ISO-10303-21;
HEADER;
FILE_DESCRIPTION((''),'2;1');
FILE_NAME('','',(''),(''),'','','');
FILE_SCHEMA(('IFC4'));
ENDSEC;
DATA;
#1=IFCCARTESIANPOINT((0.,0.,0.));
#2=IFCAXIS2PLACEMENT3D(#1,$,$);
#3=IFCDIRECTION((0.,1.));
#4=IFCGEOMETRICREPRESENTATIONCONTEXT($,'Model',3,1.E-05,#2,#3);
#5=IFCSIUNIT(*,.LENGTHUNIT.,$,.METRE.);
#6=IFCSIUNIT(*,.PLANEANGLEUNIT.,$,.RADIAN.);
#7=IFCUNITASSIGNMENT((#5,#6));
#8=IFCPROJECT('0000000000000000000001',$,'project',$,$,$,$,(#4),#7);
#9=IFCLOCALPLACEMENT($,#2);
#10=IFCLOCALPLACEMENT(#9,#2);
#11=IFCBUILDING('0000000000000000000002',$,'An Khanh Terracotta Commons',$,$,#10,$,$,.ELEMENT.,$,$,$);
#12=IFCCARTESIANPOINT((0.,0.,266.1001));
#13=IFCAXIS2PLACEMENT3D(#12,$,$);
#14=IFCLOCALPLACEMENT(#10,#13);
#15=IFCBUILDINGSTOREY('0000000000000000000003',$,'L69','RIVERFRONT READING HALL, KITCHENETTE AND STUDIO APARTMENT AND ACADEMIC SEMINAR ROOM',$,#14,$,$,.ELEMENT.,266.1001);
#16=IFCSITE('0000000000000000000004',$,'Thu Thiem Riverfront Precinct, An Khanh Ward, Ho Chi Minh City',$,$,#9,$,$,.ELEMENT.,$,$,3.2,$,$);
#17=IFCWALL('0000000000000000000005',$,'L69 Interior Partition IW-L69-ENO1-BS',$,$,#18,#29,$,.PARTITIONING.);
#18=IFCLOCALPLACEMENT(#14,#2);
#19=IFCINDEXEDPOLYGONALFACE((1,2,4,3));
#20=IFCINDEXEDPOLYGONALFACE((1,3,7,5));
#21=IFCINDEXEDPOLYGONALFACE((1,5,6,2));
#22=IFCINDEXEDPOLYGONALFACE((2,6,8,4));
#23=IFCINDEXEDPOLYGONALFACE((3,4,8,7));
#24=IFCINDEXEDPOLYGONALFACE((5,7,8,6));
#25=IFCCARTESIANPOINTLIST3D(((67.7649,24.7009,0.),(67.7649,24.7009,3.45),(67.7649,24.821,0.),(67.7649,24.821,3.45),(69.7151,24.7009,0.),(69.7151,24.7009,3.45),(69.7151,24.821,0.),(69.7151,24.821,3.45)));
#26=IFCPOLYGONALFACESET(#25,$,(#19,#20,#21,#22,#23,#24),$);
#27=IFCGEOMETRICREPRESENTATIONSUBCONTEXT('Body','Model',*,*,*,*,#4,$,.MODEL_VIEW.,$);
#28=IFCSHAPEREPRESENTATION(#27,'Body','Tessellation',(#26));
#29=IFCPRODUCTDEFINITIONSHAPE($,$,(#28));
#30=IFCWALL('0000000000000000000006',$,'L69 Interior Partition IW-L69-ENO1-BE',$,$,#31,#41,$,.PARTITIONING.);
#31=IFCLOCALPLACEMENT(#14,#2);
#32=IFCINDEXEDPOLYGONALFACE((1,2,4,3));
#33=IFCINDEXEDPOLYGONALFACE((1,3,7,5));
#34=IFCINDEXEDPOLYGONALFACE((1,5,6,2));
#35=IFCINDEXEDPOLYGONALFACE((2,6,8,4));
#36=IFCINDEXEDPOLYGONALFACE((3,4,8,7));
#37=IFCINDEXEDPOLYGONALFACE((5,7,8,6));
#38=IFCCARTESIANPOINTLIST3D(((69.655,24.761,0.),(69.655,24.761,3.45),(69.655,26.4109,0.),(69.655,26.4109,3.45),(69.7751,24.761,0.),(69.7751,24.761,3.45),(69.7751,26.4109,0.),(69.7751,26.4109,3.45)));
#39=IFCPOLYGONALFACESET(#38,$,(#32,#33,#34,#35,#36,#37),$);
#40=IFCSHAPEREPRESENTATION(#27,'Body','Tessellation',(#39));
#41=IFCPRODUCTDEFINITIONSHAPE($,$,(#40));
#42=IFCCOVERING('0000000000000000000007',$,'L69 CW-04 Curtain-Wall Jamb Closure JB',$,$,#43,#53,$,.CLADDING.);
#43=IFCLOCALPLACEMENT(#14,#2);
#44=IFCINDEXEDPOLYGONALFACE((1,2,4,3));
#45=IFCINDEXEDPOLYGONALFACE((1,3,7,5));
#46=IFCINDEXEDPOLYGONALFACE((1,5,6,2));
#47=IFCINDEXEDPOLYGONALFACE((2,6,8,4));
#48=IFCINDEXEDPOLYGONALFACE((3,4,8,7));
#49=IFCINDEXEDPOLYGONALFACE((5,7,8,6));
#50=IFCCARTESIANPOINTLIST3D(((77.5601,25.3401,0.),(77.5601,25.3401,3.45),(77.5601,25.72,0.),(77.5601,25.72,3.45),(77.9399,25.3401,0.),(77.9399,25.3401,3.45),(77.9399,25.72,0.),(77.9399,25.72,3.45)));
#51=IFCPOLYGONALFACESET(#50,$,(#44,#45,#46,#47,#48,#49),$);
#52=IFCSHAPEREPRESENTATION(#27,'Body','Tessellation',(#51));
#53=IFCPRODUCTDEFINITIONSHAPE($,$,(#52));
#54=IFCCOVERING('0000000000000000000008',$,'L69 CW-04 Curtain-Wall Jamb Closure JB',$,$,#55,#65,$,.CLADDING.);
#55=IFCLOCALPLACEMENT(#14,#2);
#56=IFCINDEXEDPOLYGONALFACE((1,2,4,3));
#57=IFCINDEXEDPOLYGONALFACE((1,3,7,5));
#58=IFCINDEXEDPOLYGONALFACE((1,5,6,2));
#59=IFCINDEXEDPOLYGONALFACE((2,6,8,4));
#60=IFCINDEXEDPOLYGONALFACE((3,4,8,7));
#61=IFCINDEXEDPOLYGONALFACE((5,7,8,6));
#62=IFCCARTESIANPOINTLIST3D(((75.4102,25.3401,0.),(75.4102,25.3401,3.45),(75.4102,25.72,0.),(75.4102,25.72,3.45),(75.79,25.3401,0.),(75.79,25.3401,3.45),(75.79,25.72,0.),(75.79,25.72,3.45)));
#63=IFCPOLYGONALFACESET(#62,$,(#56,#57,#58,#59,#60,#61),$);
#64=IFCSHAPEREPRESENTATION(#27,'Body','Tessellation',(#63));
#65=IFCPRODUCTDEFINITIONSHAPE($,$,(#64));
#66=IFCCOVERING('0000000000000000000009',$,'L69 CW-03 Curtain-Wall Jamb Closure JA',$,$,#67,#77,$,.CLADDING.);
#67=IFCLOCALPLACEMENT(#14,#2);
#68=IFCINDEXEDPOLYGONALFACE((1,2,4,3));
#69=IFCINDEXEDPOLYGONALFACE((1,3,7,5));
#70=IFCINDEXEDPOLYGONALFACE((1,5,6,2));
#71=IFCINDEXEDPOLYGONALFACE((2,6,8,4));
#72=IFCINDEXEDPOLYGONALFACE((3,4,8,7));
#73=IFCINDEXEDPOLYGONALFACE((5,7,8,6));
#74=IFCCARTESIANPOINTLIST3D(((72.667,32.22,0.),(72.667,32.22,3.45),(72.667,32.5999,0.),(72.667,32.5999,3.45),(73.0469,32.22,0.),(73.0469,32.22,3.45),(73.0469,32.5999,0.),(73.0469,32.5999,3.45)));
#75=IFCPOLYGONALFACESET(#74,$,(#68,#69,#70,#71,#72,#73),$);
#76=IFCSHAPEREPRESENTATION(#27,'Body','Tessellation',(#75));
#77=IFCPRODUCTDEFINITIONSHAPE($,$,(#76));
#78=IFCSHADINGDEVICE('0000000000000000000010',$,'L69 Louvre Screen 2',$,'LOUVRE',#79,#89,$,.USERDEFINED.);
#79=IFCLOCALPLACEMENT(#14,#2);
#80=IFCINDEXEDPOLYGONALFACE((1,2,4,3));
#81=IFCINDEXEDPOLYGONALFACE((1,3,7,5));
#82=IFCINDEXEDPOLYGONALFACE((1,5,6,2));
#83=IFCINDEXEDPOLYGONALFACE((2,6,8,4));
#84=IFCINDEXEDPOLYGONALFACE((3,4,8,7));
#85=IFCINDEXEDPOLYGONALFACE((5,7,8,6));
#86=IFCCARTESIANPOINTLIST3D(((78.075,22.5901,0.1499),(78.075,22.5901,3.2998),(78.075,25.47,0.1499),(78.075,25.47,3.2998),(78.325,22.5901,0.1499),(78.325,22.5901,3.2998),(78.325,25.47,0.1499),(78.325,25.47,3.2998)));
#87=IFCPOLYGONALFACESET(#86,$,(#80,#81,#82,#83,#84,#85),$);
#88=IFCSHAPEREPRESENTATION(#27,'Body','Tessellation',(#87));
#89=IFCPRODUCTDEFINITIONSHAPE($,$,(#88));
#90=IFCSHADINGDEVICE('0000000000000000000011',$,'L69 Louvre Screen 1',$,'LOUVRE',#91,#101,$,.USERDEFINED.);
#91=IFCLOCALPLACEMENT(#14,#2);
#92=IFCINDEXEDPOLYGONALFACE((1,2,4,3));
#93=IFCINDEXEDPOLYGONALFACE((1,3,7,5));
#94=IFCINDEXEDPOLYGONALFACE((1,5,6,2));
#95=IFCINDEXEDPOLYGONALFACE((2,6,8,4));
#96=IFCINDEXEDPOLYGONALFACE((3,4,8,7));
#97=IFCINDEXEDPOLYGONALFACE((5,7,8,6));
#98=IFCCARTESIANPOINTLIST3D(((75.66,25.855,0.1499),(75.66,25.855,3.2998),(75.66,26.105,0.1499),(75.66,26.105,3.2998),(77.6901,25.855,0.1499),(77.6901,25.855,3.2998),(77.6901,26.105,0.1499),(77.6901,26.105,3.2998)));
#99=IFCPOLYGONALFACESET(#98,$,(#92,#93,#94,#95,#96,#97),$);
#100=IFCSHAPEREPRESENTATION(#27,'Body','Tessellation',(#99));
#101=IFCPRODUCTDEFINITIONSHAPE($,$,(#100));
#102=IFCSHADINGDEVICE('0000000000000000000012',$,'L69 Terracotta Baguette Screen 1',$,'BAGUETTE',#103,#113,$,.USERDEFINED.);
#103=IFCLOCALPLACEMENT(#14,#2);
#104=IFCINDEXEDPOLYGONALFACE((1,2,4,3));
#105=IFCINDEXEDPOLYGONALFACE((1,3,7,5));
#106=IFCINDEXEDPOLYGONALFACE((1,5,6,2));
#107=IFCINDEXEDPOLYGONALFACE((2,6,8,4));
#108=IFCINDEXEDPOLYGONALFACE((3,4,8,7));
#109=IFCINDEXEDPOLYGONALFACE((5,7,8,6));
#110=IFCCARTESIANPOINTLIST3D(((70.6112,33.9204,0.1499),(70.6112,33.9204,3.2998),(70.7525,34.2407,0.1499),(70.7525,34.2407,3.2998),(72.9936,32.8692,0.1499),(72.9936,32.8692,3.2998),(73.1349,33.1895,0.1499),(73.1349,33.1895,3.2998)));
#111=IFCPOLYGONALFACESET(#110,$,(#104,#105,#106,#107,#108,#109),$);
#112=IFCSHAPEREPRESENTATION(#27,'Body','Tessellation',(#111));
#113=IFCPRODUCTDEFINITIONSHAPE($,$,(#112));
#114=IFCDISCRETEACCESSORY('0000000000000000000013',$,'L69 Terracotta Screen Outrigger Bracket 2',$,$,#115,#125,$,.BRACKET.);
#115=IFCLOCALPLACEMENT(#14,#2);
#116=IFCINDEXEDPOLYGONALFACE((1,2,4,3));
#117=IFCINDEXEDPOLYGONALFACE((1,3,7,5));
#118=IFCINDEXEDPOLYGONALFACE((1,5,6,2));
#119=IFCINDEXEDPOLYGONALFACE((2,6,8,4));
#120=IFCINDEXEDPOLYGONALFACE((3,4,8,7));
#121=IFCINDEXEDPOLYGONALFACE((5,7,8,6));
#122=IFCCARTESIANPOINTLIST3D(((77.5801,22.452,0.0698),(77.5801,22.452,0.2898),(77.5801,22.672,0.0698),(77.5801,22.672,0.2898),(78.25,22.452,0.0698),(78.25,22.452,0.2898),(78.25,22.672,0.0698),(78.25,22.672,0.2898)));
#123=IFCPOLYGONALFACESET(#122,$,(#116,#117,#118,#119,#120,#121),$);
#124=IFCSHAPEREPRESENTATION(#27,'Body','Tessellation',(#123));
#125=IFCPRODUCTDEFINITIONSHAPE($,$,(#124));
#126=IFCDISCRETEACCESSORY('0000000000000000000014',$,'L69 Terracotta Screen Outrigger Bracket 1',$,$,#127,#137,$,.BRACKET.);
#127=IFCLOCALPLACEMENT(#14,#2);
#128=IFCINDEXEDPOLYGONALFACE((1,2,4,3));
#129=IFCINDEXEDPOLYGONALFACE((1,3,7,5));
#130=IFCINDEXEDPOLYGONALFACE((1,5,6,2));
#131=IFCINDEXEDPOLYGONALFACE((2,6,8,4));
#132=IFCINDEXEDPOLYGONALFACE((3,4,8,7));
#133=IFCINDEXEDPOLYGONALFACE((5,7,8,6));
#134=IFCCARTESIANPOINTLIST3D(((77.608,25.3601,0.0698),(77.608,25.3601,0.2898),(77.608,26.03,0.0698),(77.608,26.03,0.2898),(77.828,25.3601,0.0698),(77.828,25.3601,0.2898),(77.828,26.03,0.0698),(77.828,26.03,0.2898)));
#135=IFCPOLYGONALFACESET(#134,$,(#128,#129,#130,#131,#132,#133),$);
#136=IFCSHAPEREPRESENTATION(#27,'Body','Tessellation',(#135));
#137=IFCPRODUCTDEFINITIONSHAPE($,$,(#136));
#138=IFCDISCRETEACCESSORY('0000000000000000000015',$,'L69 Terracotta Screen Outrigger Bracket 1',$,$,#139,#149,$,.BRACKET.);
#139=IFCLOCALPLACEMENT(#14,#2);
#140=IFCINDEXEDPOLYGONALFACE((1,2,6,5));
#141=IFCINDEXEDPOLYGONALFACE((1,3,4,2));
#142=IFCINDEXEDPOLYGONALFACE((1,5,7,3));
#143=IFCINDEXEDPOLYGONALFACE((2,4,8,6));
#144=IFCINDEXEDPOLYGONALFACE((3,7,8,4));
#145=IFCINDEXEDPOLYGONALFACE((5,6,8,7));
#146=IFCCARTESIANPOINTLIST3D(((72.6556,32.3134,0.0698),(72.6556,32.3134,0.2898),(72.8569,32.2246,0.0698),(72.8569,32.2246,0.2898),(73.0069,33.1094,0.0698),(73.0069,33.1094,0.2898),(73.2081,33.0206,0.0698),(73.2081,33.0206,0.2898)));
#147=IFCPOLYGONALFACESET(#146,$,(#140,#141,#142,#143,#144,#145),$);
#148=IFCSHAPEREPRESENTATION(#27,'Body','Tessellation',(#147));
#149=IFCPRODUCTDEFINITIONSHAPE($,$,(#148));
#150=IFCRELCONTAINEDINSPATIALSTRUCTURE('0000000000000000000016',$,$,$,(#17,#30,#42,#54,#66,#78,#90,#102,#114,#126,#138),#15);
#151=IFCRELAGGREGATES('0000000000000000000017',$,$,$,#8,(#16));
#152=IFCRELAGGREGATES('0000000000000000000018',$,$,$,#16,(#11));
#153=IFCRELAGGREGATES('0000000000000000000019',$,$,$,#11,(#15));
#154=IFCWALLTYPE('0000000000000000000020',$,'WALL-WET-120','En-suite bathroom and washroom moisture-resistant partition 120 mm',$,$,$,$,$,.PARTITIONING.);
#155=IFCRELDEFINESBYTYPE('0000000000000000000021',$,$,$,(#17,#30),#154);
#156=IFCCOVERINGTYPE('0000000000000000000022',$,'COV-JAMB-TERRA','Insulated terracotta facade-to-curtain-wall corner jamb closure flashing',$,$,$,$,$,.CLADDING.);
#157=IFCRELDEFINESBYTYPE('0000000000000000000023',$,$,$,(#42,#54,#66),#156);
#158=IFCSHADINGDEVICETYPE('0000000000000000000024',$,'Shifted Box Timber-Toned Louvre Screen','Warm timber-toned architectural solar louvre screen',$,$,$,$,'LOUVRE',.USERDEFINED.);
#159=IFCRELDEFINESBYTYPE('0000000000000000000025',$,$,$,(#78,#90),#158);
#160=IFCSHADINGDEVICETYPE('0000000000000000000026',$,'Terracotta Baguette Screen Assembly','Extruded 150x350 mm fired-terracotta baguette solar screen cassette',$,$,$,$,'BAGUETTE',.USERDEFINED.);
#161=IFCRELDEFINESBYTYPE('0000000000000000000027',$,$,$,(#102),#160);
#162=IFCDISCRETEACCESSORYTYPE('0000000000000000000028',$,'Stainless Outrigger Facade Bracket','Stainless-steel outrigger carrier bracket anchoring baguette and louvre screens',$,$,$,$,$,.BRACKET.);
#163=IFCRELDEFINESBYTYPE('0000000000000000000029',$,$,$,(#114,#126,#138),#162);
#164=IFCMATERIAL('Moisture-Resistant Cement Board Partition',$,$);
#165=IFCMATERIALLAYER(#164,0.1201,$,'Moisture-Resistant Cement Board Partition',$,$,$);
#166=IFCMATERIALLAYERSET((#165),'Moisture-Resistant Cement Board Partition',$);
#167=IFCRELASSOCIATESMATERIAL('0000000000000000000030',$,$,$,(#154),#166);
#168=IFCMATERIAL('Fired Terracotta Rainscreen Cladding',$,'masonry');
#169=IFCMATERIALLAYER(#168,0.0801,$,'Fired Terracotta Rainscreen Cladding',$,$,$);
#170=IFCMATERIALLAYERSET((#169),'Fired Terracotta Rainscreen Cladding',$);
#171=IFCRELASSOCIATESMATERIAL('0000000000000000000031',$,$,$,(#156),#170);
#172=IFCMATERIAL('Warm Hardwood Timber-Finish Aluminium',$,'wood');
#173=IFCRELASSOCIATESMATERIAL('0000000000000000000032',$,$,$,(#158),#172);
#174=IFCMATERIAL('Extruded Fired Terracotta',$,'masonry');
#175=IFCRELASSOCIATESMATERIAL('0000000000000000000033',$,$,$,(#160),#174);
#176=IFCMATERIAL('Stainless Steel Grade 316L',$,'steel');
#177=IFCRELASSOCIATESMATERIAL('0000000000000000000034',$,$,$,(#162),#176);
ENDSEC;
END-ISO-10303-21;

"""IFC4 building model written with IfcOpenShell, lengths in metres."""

from ifc_helpers import new_model, si_unit, direction, frame, frame_2d, origin, origin_2d, place, context, subcontext, project, spatial, rectangle, extrude, material, layer, layer_set, type_object, element, save


model = new_model("IFC4")

# Units and contexts
model_context = context("Model", 3, precision=1e-05, world=origin(), true_north=direction((0.0, 1.0)))
body_context = subcontext(model_context, "Body", "Model", "MODEL_VIEW")
ifc_project = project(units=[si_unit("LENGTHUNIT", "METRE"), si_unit("PLANEANGLEUNIT", "RADIAN")], contexts=[model_context])

# Site, building, storey
site_placement = place(None, origin())
site = spatial("IfcSite", under=ifc_project, at=site_placement, Name="Thu Thiem Riverfront Precinct, An Khanh Ward, Ho Chi Minh City", CompositionType="ELEMENT", RefElevation=3.2)
building_placement = place(site_placement, origin())
building = spatial("IfcBuilding", under=site, at=building_placement, Name="An Khanh Terracotta Commons", CompositionType="ELEMENT")
storey_placement = place(building_placement, frame((0.0, 0.0, 266.1001)))
storey = spatial("IfcBuildingStorey", under=building, at=storey_placement, Name="L69", Description="RIVERFRONT READING HALL, KITCHENETTE AND STUDIO APARTMENT AND ACADEMIC SEMINAR ROOM", CompositionType="ELEMENT", Elevation=266.1001)

# Walls
ifc_material_1 = material(Name="Moisture-Resistant Cement Board Partition")
ifc_layer_1 = layer(ifc_material_1, 0.1201, Name="Moisture-Resistant Cement Board Partition")
ifc_layer_set_1 = layer_set([ifc_layer_1], Name="Moisture-Resistant Cement Board Partition")
wall_type_1 = type_object("IfcWallType", Name="WALL-WET-120", Description="En-suite bathroom and washroom moisture-resistant partition 120 mm", PredefinedType="PARTITIONING", material=ifc_layer_set_1)
wall_1_placement = place(storey_placement, frame((69.7151, 24.761, 0.0), z_axis=(0.0, 0.0, 1.0), x_axis=(-1.0, 0.0, 0.0)))
element("IfcWall", 1, at=wall_1_placement, inside=storey, type_object=wall_type_1, Name="L69 Interior Partition IW-L69-ENO1-BS", PredefinedType="PARTITIONING", context=body_context, shape_type="SweptSolid", body=[
    extrude(rectangle(XDim=1.9502, YDim=0.1201, at=frame_2d((0.9751, 0.0))), origin(), (0.0, 0.0, 1.0), 3.45),
])
wall_2_placement = place(storey_placement, frame((69.7151, 24.761, 0.0), z_axis=(0.0, 0.0, 1.0), x_axis=(0.0, 1.0, 0.0)))
element("IfcWall", 2, at=wall_2_placement, inside=storey, type_object=wall_type_1, Name="L69 Interior Partition IW-L69-ENO1-BE", PredefinedType="PARTITIONING", context=body_context, shape_type="SweptSolid", body=[
    extrude(rectangle(XDim=1.6499, YDim=0.1201, at=frame_2d((0.825, 0.0))), origin(), (0.0, 0.0, 1.0), 3.45),
])

# Coverings
ifc_material_2 = material(Name="Fired Terracotta Rainscreen Cladding", Category="masonry")
ifc_layer_2 = layer(ifc_material_2, 0.0801, Name="Fired Terracotta Rainscreen Cladding")
ifc_layer_set_2 = layer_set([ifc_layer_2], Name="Fired Terracotta Rainscreen Cladding")
covering_type = type_object("IfcCoveringType", Name="COV-JAMB-TERRA", Description="Insulated terracotta facade-to-curtain-wall corner jamb closure flashing", PredefinedType="CLADDING", material=ifc_layer_set_2)
for number, where, z_axis, x_axis, name in (
    (3, (77.75, 25.53, 0.0), (0.0, 0.0, 1.0), (1.0, 0.0, 0.0), "L69 CW-04 Curtain-Wall Jamb Closure JB"),
    (4, (75.6001, 25.53, 0.0), (0.0, 0.0, 1.0), (1.0, 0.0, 0.0), "L69 CW-04 Curtain-Wall Jamb Closure JB"),
    (5, (72.8569, 32.4099, 0.0), (0.0, 0.0, 1.0), (1.0, 0.0, 0.0), "L69 CW-03 Curtain-Wall Jamb Closure JA"),
):
    element("IfcCovering", number, at=place(storey_placement, frame(where, z_axis=z_axis, x_axis=x_axis)), inside=storey, type_object=covering_type, Name=name, PredefinedType="CLADDING", context=body_context, shape_type="SweptSolid", body=[
        extrude(rectangle(XDim=0.3799, YDim=0.3799, at=origin_2d()), origin(), (0.0, 0.0, 1.0), 3.45),
    ])

# Shading devices
ifc_material_3 = material(Name="Warm Hardwood Timber-Finish Aluminium", Category="wood")
shading_device_type_1 = type_object("IfcShadingDeviceType", Name="Shifted Box Timber-Toned Louvre Screen", Description="Warm timber-toned architectural solar louvre screen", ElementType="LOUVRE", PredefinedType="USERDEFINED", material=ifc_material_3)
shading_device_1_placement = place(storey_placement, frame((78.2, 24.03, 0.1499), z_axis=(0.0, 0.0, 1.0), x_axis=(0.0, 1.0, 0.0)))
element("IfcShadingDevice", 6, at=shading_device_1_placement, inside=storey, type_object=shading_device_type_1, Name="L69 Louvre Screen 2", ObjectType="LOUVRE", PredefinedType="USERDEFINED", context=body_context, shape_type="SweptSolid", body=[
    extrude(rectangle(XDim=2.8799, YDim=0.25, at=origin_2d()), origin(), (0.0, 0.0, 1.0), 3.1499),
])
shading_device_2_placement = place(storey_placement, frame((76.675, 25.98, 0.1499), z_axis=(0.0, 0.0, 1.0), x_axis=(-1.0, 0.0, 0.0)))
element("IfcShadingDevice", 7, at=shading_device_2_placement, inside=storey, type_object=shading_device_type_1, Name="L69 Louvre Screen 1", ObjectType="LOUVRE", PredefinedType="USERDEFINED", context=body_context, shape_type="SweptSolid", body=[
    extrude(rectangle(XDim=2.03, YDim=0.25, at=origin_2d()), origin(), (0.0, 0.0, 1.0), 3.1499),
])
ifc_material_4 = material(Name="Extruded Fired Terracotta", Category="masonry")
shading_device_type_2 = type_object("IfcShadingDeviceType", Name="Terracotta Baguette Screen Assembly", Description="Extruded 150x350 mm fired-terracotta baguette solar screen cassette", ElementType="BAGUETTE", PredefinedType="USERDEFINED", material=ifc_material_4)
shading_device_3_placement = place(storey_placement, frame((71.873, 33.5549, 0.1499), z_axis=(0.0, 0.0, 1.0), x_axis=(-0.914902, 0.403676, 0.0)))
element("IfcShadingDevice", 8, at=shading_device_3_placement, inside=storey, type_object=shading_device_type_2, Name="L69 Terracotta Baguette Screen 1", ObjectType="BAGUETTE", PredefinedType="USERDEFINED", context=body_context, shape_type="SweptSolid", body=[
    extrude(rectangle(XDim=2.604, YDim=0.3501, at=origin_2d()), origin(), (0.0, 0.0, 1.0), 3.1499),
])

# Discrete accessories
ifc_material_5 = material(Name="Stainless Steel Grade 316L", Category="steel")
discrete_accessory_type = type_object("IfcDiscreteAccessoryType", Name="Stainless Outrigger Facade Bracket", Description="Stainless-steel outrigger carrier bracket anchoring baguette and louvre screens", PredefinedType="BRACKET", material=ifc_material_5)
for number, where, z_axis, x_axis, name in (
    (9, (77.915, 22.562, 0.0698), (0.0, 0.0, 1.0), (0.0, 1.0, 0.0), "L69 Terracotta Screen Outrigger Bracket 2"),
    (10, (77.718, 25.6951, 0.0698), (0.0, 0.0, 1.0), (-1.0, 0.0, 0.0), "L69 Terracotta Screen Outrigger Bracket 1"),
):
    element("IfcDiscreteAccessory", number, at=place(storey_placement, frame(where, z_axis=z_axis, x_axis=x_axis)), inside=storey, type_object=discrete_accessory_type, Name=name, PredefinedType="BRACKET", context=body_context, shape_type="SweptSolid", body=[
        extrude(rectangle(XDim=0.22, YDim=0.6699, at=origin_2d()), origin(), (0.0, 0.0, 1.0), 0.22),
    ])
discrete_accessory_placement = place(storey_placement, frame((72.9319, 32.667, 0.0698), z_axis=(0.0, 0.0, 1.0), x_axis=(-0.914902, 0.403676, 0.0)))
element("IfcDiscreteAccessory", 11, at=discrete_accessory_placement, inside=storey, type_object=discrete_accessory_type, Name="L69 Terracotta Screen Outrigger Bracket 1", PredefinedType="BRACKET", context=body_context, shape_type="SweptSolid", body=[
    extrude(rectangle(XDim=0.22, YDim=0.8701, at=origin_2d()), origin(), (0.0, 0.0, 1.0), 0.22),
])

save(model, "model.ifc")
